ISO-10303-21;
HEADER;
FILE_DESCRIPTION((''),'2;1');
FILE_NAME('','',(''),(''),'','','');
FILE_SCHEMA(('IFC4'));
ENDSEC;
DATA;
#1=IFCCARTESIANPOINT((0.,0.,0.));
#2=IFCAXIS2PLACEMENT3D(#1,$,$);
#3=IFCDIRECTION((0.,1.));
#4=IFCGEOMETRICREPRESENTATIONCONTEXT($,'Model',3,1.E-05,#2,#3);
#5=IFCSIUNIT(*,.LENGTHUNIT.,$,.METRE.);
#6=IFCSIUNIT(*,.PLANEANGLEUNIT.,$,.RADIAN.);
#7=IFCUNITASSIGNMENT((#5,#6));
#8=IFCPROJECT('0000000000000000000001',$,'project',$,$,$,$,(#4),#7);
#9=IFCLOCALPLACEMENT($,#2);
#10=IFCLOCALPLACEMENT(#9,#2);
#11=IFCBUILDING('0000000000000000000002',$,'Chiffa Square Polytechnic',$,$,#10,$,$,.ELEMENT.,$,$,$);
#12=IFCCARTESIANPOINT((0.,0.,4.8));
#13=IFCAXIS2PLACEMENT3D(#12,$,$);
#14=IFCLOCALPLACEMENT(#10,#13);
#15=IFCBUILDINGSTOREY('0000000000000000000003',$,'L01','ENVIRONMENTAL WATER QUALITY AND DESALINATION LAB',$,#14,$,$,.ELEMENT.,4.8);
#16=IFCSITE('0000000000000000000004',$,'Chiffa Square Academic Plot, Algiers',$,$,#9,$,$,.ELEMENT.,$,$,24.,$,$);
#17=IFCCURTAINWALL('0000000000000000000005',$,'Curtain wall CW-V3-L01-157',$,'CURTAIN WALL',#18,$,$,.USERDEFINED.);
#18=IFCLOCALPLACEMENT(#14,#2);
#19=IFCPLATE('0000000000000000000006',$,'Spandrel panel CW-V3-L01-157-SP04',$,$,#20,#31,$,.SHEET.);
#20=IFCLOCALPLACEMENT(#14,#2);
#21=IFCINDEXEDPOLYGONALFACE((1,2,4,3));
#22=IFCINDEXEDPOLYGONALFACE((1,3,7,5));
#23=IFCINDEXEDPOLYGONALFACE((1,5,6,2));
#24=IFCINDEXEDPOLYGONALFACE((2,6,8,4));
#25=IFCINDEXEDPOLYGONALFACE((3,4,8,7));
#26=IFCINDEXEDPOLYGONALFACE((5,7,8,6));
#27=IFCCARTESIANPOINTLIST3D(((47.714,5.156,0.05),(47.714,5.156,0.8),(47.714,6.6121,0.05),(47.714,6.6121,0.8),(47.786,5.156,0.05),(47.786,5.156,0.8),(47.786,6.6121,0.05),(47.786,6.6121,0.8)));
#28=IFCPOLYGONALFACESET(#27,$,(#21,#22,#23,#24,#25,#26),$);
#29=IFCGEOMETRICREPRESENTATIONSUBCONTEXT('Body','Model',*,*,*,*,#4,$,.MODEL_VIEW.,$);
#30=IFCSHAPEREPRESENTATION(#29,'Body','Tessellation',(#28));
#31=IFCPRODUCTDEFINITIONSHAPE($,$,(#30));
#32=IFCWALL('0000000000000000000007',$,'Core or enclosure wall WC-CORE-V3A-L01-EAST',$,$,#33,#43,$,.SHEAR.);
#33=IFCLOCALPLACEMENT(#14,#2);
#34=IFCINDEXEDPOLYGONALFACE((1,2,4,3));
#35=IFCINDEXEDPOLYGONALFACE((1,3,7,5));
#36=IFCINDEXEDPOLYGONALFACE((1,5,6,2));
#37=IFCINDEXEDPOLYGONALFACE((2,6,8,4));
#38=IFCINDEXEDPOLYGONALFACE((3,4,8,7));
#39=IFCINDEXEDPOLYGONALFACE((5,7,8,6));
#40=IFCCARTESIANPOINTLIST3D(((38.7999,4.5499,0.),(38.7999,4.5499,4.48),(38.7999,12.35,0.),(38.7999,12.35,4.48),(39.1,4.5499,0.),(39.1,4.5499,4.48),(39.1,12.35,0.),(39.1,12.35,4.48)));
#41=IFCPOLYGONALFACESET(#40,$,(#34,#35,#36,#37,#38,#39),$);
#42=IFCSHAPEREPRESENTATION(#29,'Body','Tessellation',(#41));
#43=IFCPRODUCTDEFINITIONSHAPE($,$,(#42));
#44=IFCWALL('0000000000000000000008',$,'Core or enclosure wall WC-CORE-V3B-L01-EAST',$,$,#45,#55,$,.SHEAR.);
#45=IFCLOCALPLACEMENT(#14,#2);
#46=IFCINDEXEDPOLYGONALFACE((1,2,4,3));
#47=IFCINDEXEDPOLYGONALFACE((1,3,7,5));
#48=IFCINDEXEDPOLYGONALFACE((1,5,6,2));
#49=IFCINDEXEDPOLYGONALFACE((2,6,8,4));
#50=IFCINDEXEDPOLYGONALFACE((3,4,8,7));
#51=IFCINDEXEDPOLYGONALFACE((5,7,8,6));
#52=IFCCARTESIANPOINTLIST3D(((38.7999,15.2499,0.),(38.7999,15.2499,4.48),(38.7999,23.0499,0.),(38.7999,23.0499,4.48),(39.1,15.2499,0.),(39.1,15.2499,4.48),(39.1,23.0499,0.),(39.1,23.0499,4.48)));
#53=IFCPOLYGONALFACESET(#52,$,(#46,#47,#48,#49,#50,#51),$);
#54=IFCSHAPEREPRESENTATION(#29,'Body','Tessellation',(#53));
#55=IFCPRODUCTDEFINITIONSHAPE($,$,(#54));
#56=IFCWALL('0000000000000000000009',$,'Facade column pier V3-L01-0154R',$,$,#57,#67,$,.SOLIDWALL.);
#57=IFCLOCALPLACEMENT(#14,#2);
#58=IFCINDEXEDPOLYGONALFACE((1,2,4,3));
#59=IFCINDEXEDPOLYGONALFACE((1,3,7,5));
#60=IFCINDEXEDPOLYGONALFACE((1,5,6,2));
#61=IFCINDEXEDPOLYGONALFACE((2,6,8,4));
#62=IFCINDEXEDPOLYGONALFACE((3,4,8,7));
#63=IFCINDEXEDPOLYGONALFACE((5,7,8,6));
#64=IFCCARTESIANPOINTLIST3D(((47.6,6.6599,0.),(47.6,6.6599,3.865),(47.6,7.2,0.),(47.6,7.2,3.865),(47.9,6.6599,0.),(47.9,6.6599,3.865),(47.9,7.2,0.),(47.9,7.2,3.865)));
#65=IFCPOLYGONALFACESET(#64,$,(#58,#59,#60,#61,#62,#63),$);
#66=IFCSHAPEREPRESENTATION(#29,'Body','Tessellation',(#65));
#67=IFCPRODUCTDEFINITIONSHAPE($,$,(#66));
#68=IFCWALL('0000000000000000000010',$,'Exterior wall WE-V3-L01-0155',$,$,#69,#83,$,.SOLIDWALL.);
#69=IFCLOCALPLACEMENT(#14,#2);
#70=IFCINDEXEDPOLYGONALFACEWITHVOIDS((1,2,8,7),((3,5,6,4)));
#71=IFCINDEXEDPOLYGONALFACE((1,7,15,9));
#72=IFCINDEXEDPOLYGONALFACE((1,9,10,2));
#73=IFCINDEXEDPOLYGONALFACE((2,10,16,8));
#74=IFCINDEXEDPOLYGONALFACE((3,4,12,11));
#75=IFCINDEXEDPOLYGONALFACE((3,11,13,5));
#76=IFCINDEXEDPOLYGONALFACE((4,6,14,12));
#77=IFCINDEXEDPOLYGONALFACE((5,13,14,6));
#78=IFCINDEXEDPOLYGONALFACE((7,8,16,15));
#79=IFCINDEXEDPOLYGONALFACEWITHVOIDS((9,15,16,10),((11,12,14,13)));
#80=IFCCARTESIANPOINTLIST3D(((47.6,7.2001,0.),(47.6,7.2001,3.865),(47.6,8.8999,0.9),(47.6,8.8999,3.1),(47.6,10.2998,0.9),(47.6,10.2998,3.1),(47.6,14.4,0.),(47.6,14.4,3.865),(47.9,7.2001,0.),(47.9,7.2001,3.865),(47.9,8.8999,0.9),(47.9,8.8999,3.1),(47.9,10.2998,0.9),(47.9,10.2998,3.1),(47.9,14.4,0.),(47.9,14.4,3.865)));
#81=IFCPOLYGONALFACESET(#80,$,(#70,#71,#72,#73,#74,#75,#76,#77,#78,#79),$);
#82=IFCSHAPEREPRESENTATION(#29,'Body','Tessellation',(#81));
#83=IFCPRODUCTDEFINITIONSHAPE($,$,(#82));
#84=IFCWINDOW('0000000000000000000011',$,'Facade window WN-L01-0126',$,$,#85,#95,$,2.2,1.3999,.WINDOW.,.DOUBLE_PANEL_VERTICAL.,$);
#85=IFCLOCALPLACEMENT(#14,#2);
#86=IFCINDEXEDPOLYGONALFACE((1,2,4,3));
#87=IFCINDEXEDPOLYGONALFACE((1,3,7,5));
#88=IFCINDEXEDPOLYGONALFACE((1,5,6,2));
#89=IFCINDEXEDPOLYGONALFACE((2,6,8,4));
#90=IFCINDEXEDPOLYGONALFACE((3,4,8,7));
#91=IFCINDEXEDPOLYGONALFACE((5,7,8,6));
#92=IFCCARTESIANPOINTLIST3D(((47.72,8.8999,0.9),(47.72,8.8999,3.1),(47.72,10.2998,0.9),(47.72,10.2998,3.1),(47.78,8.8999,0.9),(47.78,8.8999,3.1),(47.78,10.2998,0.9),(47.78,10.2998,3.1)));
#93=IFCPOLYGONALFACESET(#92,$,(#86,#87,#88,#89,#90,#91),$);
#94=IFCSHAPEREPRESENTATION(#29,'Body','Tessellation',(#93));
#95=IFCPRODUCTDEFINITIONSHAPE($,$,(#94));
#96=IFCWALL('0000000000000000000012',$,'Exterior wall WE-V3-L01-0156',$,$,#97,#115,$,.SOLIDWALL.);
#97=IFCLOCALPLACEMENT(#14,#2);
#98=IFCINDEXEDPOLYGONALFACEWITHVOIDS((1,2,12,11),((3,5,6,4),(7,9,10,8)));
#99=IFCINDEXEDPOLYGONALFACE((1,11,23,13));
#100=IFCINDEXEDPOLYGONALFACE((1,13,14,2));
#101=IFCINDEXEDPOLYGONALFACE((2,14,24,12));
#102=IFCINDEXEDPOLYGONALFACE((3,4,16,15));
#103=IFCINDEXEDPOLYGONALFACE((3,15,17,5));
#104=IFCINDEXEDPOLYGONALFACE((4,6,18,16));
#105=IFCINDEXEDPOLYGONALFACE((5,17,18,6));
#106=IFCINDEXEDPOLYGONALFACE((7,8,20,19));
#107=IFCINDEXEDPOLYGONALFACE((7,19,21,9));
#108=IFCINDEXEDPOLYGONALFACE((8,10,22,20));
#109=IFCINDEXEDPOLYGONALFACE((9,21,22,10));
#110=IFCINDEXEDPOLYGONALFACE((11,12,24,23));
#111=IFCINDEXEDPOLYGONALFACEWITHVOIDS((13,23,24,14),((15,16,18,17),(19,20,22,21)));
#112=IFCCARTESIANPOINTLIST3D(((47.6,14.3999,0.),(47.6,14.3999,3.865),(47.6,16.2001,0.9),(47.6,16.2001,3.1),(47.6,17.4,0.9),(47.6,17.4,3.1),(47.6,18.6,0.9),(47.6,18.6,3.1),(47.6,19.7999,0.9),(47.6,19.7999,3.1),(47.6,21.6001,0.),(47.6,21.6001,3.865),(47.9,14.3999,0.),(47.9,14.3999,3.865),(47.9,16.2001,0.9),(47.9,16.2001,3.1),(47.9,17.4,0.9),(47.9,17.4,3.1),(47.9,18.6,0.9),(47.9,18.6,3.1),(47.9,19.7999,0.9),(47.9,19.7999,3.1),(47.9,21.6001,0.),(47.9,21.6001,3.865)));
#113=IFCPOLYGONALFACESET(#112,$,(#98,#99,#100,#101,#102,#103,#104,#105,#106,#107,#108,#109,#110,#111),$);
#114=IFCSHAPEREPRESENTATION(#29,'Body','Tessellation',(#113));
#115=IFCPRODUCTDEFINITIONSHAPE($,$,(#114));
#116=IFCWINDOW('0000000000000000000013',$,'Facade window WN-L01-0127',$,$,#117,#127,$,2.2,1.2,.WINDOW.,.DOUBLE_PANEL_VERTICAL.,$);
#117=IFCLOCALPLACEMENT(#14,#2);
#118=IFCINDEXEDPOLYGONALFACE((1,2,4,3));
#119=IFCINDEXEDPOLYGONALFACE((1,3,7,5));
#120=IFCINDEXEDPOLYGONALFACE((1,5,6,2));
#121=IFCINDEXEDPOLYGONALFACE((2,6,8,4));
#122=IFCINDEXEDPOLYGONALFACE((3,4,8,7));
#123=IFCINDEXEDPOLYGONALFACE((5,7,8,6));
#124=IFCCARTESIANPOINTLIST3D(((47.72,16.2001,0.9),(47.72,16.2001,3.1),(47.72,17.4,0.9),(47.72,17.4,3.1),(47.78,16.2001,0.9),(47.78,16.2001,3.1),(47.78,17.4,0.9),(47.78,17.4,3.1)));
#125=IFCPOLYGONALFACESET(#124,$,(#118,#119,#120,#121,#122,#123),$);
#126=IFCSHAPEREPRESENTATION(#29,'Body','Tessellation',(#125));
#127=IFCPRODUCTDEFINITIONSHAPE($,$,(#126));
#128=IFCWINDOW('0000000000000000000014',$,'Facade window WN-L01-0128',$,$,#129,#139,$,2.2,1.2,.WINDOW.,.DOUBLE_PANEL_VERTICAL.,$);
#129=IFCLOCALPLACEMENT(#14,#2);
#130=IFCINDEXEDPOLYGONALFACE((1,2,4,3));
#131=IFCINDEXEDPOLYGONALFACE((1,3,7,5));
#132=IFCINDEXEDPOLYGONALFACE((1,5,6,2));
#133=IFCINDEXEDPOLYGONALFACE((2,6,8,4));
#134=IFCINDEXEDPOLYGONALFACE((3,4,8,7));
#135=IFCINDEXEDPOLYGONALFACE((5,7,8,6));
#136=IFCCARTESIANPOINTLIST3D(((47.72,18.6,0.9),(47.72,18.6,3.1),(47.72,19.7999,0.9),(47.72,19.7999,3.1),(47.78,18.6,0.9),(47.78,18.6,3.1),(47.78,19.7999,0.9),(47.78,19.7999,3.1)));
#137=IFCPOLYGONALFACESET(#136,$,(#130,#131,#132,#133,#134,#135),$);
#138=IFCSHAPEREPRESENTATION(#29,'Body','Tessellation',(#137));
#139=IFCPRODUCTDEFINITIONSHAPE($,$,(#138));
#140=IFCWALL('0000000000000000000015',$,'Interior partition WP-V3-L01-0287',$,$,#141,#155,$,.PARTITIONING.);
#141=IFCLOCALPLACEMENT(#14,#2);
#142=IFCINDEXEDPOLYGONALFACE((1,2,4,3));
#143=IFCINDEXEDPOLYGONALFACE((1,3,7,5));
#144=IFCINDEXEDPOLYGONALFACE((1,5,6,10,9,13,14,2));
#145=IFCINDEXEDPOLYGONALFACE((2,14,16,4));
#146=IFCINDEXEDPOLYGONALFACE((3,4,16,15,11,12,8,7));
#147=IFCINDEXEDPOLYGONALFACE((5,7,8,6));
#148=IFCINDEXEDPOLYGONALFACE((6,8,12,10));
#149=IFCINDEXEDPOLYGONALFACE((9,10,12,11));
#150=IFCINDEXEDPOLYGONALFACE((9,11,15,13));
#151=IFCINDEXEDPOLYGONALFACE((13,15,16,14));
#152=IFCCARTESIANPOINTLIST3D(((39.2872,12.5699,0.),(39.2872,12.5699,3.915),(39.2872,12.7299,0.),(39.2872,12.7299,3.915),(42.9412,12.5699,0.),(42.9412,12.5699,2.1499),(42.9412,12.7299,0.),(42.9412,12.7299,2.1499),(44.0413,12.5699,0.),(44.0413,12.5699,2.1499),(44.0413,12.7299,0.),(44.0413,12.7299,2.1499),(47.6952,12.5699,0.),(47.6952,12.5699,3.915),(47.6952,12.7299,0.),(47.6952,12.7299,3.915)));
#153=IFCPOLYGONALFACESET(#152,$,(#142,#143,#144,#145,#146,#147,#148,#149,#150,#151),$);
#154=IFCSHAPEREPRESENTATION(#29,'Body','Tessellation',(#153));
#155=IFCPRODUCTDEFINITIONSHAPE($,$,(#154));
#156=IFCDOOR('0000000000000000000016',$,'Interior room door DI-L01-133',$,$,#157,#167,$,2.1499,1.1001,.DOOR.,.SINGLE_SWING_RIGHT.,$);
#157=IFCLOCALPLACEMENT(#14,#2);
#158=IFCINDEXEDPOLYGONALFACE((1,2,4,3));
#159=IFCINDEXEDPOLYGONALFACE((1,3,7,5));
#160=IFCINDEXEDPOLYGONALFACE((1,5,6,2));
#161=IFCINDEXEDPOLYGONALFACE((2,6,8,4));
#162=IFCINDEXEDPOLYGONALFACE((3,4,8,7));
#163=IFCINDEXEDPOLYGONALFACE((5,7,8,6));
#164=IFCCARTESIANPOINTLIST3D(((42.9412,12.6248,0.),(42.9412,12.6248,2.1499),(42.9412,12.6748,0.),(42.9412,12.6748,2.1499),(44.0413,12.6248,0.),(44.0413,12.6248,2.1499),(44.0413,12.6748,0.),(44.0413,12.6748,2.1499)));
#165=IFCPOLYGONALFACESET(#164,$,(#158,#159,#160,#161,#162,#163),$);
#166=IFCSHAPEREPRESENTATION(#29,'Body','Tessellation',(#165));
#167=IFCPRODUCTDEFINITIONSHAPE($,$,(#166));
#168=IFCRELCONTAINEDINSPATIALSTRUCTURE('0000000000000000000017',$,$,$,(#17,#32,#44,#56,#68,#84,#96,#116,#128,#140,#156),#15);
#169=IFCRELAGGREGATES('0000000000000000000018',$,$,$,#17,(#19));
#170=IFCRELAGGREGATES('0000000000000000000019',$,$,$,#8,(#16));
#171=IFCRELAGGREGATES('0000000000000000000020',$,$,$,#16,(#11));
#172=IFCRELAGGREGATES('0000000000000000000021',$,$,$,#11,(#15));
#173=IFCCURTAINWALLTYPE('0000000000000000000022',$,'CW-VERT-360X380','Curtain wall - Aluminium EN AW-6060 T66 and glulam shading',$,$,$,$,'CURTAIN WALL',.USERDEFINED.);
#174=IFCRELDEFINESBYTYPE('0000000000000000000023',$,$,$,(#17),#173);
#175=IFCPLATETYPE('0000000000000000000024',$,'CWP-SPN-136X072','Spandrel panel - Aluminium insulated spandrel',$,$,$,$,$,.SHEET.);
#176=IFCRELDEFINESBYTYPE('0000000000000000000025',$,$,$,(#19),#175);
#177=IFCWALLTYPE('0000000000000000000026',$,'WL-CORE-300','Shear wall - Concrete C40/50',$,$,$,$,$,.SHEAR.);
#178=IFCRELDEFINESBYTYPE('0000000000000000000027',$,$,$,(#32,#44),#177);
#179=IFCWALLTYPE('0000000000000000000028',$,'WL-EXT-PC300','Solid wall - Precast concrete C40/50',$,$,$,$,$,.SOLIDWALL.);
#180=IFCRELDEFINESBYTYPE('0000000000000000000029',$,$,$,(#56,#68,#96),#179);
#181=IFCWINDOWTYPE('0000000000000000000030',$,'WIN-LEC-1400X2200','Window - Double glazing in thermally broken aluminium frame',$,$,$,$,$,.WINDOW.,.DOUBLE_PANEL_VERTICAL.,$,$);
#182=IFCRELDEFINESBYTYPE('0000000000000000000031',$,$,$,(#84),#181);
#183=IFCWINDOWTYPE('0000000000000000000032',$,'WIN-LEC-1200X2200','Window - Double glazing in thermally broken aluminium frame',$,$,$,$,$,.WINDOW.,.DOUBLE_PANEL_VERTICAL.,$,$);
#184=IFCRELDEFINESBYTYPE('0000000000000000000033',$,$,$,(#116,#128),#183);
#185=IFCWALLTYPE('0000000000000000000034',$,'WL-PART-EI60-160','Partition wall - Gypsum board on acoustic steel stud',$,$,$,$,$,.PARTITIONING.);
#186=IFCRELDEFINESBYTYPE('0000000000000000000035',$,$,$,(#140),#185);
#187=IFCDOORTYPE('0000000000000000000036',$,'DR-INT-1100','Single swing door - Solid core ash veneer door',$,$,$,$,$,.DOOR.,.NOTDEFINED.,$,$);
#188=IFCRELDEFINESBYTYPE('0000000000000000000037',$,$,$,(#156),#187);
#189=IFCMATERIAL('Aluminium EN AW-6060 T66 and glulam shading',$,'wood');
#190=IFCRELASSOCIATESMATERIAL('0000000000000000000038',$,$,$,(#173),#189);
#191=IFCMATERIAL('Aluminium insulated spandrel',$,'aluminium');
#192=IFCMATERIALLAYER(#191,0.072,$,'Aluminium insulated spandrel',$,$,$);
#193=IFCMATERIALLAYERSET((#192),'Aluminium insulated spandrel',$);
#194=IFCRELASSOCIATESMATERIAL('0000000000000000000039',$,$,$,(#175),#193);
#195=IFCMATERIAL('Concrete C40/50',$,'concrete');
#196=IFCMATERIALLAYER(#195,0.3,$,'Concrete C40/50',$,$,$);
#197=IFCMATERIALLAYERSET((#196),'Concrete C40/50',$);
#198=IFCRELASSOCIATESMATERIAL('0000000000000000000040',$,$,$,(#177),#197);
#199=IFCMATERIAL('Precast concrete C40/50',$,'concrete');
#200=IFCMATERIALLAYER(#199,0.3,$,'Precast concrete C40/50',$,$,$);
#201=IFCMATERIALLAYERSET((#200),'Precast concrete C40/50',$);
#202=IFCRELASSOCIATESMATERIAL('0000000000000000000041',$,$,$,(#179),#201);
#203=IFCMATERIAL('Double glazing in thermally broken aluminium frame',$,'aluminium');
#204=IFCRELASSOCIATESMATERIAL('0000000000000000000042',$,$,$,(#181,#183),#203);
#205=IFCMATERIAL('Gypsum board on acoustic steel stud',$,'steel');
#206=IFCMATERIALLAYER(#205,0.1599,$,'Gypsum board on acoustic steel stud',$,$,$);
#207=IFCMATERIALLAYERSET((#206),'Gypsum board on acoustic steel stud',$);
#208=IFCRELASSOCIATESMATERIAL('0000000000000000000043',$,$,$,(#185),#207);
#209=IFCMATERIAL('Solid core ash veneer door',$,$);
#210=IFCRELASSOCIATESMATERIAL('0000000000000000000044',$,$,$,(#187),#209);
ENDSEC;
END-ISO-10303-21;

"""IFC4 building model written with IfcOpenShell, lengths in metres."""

from ifc_helpers import new_model, si_unit, direction, frame, frame_2d, origin, origin_2d, place, context, subcontext, project, spatial, rectangle, extrude, material, layer, layer_set, type_object, element, fill, aggregate, save


model = new_model("IFC4")

# Units and contexts
model_context = context("Model", 3, precision=1e-05, world=origin(), true_north=direction((0.0, 1.0)))
body_context = subcontext(model_context, "Body", "Model", "MODEL_VIEW")
ifc_project = project(units=[si_unit("LENGTHUNIT", "METRE"), si_unit("PLANEANGLEUNIT", "RADIAN")], contexts=[model_context])

# Site, building, storey
site_placement = place(None, origin())
site = spatial("IfcSite", under=ifc_project, at=site_placement, Name="Chiffa Square Academic Plot, Algiers", CompositionType="ELEMENT", RefElevation=24.0)
building_placement = place(site_placement, origin())
building = spatial("IfcBuilding", under=site, at=building_placement, Name="Chiffa Square Polytechnic", CompositionType="ELEMENT")
storey_placement = place(building_placement, frame((0.0, 0.0, 4.8)))
storey = spatial("IfcBuildingStorey", under=building, at=storey_placement, Name="L01", Description="ENVIRONMENTAL WATER QUALITY AND DESALINATION LAB", CompositionType="ELEMENT", Elevation=4.8)

# Curtain wall, plate
ifc_material_1 = material(Name="Aluminium EN AW-6060 T66 and glulam shading", Category="wood")
curtain_wall_type = type_object("IfcCurtainWallType", Name="CW-VERT-360X380", Description="Curtain wall - Aluminium EN AW-6060 T66 and glulam shading", ElementType="CURTAIN WALL", PredefinedType="USERDEFINED", material=ifc_material_1)
curtain_wall_placement = place(storey_placement, origin())
curtain_wall = element("IfcCurtainWall", 1, at=curtain_wall_placement, inside=storey, type_object=curtain_wall_type, Name="Curtain wall CW-V3-L01-157", ObjectType="CURTAIN WALL", PredefinedType="USERDEFINED")
ifc_material_2 = material(Name="Aluminium insulated spandrel", Category="aluminium")
ifc_layer_1 = layer(ifc_material_2, 0.072, Name="Aluminium insulated spandrel")
ifc_layer_set_1 = layer_set([ifc_layer_1], Name="Aluminium insulated spandrel")
plate_type_1 = type_object("IfcPlateType", Name="CWP-SPN-136X072", Description="Spandrel panel - Aluminium insulated spandrel", PredefinedType="SHEET", material=ifc_layer_set_1)
plate_1_placement = place(storey_placement, frame((47.75, 5.884, 0.05), z_axis=(0.0, 0.0, 1.0), x_axis=(0.0, 1.0, 0.0)))
plate_1 = element("IfcPlate", 2, at=plate_1_placement, type_object=plate_type_1, Name="Spandrel panel CW-V3-L01-157-SP04", PredefinedType="SHEET", context=body_context, shape_type="SweptSolid", body=[
    extrude(rectangle(XDim=1.4561, YDim=0.072, at=origin_2d()), origin(), (0.0, 0.0, 1.0), 0.75),
])
aggregate(curtain_wall, [plate_1])

# Walls
ifc_material_3 = material(Name="Concrete C40/50", Category="concrete")
ifc_layer_2 = layer(ifc_material_3, 0.3, Name="Concrete C40/50")
ifc_layer_set_2 = layer_set([ifc_layer_2], Name="Concrete C40/50")
wall_type_1 = type_object("IfcWallType", Name="WL-CORE-300", Description="Shear wall - Concrete C40/50", PredefinedType="SHEAR", material=ifc_layer_set_2)
for number, where, z_axis, x_axis, name in (
    (3, (38.95, 4.55, 0.0), (0.0, 0.0, 1.0), (0.0, 1.0, 0.0), "Core or enclosure wall WC-CORE-V3A-L01-EAST"),
    (4, (38.95, 15.25, 0.0), (0.0, 0.0, 1.0), (0.0, 1.0, 0.0), "Core or enclosure wall WC-CORE-V3B-L01-EAST"),
):
    element("IfcWall", number, at=place(storey_placement, frame(where, z_axis=z_axis, x_axis=x_axis)), inside=storey, type_object=wall_type_1, Name=name, PredefinedType="SHEAR", context=body_context, shape_type="SweptSolid", body=[
        extrude(rectangle(XDim=7.8, YDim=0.3, at=frame_2d((3.8999, 0.0))), origin(), (0.0, 0.0, 1.0), 4.48),
    ])
ifc_material_4 = material(Name="Precast concrete C40/50", Category="concrete")
ifc_layer_3 = layer(ifc_material_4, 0.3, Name="Precast concrete C40/50")
ifc_layer_set_3 = layer_set([ifc_layer_3], Name="Precast concrete C40/50")
wall_type_2 = type_object("IfcWallType", Name="WL-EXT-PC300", Description="Solid wall - Precast concrete C40/50", PredefinedType="SOLIDWALL", material=ifc_layer_set_3)
wall_1_placement = place(storey_placement, frame((47.75, 6.6599, 0.0), z_axis=(0.0, 0.0, 1.0), x_axis=(0.0, 1.0, 0.0)))
element("IfcWall", 5, at=wall_1_placement, inside=storey, type_object=wall_type_2, Name="Facade column pier V3-L01-0154R", PredefinedType="SOLIDWALL", context=body_context, shape_type="SweptSolid", body=[
    extrude(rectangle(XDim=0.54, YDim=0.3, at=frame_2d((0.27, 0.0))), origin(), (0.0, 0.0, 1.0), 3.865),
])

# Wall, opening, window
wall_2_placement = place(storey_placement, frame((47.75, 7.2, 0.0), z_axis=(0.0, 0.0, 1.0), x_axis=(0.0, 1.0, 0.0)))
wall_2 = element("IfcWall", 6, at=wall_2_placement, inside=storey, type_object=wall_type_2, Name="Exterior wall WE-V3-L01-0155", PredefinedType="SOLIDWALL", context=body_context, shape_type="SweptSolid", body=[
    extrude(rectangle(XDim=7.2, YDim=0.3, at=frame_2d((3.6001, 0.0))), origin(), (0.0, 0.0, 1.0), 3.865),
])
opening_1_placement = place(wall_2_placement, frame((1.7, 0.0, 0.8999)))
opening_1 = element("IfcOpeningElement", 7, at=opening_1_placement, cuts=wall_2, PredefinedType="OPENING", context=body_context, shape_type="SweptSolid", body=[
    extrude(rectangle(XDim=1.3999, YDim=2.2, at=frame_2d((0.7, 1.1001))), frame((0.0, 0.1602, 0.0), z_axis=(0.0, -1.0, 0.0), x_axis=(1.0, 0.0, 0.0)), (0.0, 0.0, 1.0), 0.3201),
])
ifc_material_5 = material(Name="Double glazing in thermally broken aluminium frame", Category="aluminium")
window_type_1 = type_object("IfcWindowType", Name="WIN-LEC-1400X2200", Description="Window - Double glazing in thermally broken aluminium frame", PartitioningType="DOUBLE_PANEL_VERTICAL", PredefinedType="WINDOW", material=ifc_material_5)
window_1_placement = place(opening_1_placement, origin())
window_1 = element("IfcWindow", 8, at=window_1_placement, inside=storey, type_object=window_type_1, Name="Facade window WN-L01-0126", OverallHeight=2.2, OverallWidth=1.3999, PartitioningType="DOUBLE_PANEL_VERTICAL", PredefinedType="WINDOW", context=body_context, shape_type="SweptSolid", body=[
    extrude(rectangle(XDim=1.3999, YDim=2.2, at=frame_2d((0.7, 1.1001))), frame((0.0, 0.03, 0.0), z_axis=(0.0, -1.0, 0.0), x_axis=(1.0, 0.0, 0.0)), (0.0, 0.0, 1.0), 0.0601),
])
fill(opening_1, window_1)

# Wall, openings, windows
wall_3_placement = place(storey_placement, frame((47.75, 14.3999, 0.0), z_axis=(0.0, 0.0, 1.0), x_axis=(0.0, 1.0, 0.0)))
wall_3 = element("IfcWall", 9, at=wall_3_placement, inside=storey, type_object=wall_type_2, Name="Exterior wall WE-V3-L01-0156", PredefinedType="SOLIDWALL", context=body_context, shape_type="SweptSolid", body=[
    extrude(rectangle(XDim=7.2002, YDim=0.3, at=frame_2d((3.6001, 0.0))), origin(), (0.0, 0.0, 1.0), 3.865),
])
opening_2_placement = place(wall_3_placement, frame((1.8, 0.0, 0.8999)))
opening_2 = element("IfcOpeningElement", 10, at=opening_2_placement, cuts=wall_3, PredefinedType="OPENING", context=body_context, shape_type="SweptSolid", body=[
    extrude(rectangle(XDim=1.2, YDim=2.2, at=frame_2d((0.6001, 1.1001))), frame((0.0, 0.1602, 0.0), z_axis=(0.0, -1.0, 0.0), x_axis=(1.0, 0.0, 0.0)), (0.0, 0.0, 1.0), 0.3201),
])
opening_3_placement = place(wall_3_placement, frame((4.2, 0.0, 0.8999)))
opening_3 = element("IfcOpeningElement", 11, at=opening_3_placement, cuts=wall_3, PredefinedType="OPENING", context=body_context, shape_type="SweptSolid", body=[
    extrude(rectangle(XDim=1.2, YDim=2.2, at=frame_2d((0.6001, 1.1001))), frame((0.0, 0.1602, 0.0), z_axis=(0.0, -1.0, 0.0), x_axis=(1.0, 0.0, 0.0)), (0.0, 0.0, 1.0), 0.3201),
])
window_type_2 = type_object("IfcWindowType", Name="WIN-LEC-1200X2200", Description="Window - Double glazing in thermally broken aluminium frame", PartitioningType="DOUBLE_PANEL_VERTICAL", PredefinedType="WINDOW", material=ifc_material_5)
window_2_placement = place(opening_2_placement, origin())
window_2 = element("IfcWindow", 12, at=window_2_placement, inside=storey, type_object=window_type_2, Name="Facade window WN-L01-0127", OverallHeight=2.2, OverallWidth=1.2, PartitioningType="DOUBLE_PANEL_VERTICAL", PredefinedType="WINDOW", context=body_context, shape_type="SweptSolid", body=[
    extrude(rectangle(XDim=1.2, YDim=2.2, at=frame_2d((0.6001, 1.1001))), frame((0.0, 0.03, 0.0), z_axis=(0.0, -1.0, 0.0), x_axis=(1.0, 0.0, 0.0)), (0.0, 0.0, 1.0), 0.0601),
])
fill(opening_2, window_2)
window_3_placement = place(opening_3_placement, origin())
window_3 = element("IfcWindow", 13, at=window_3_placement, inside=storey, type_object=window_type_2, Name="Facade window WN-L01-0128", OverallHeight=2.2, OverallWidth=1.2, PartitioningType="DOUBLE_PANEL_VERTICAL", PredefinedType="WINDOW", context=body_context, shape_type="SweptSolid", body=[
    extrude(rectangle(XDim=1.2, YDim=2.2, at=frame_2d((0.6001, 1.1001))), frame((0.0, 0.03, 0.0), z_axis=(0.0, -1.0, 0.0), x_axis=(1.0, 0.0, 0.0)), (0.0, 0.0, 1.0), 0.0601),
])
fill(opening_3, window_3)

# Wall, opening, door
ifc_material_6 = material(Name="Gypsum board on acoustic steel stud", Category="steel")
ifc_layer_4 = layer(ifc_material_6, 0.1599, Name="Gypsum board on acoustic steel stud")
ifc_layer_set_4 = layer_set([ifc_layer_4], Name="Gypsum board on acoustic steel stud")
wall_type_3 = type_object("IfcWallType", Name="WL-PART-EI60-160", Description="Partition wall - Gypsum board on acoustic steel stud", PredefinedType="PARTITIONING", material=ifc_layer_set_4)
wall_4_placement = place(storey_placement, frame((39.2871, 12.6499, 0.0), z_axis=(0.0, 0.0, 1.0), x_axis=(1.0, 0.0, 0.0)))
wall_4 = element("IfcWall", 14, at=wall_4_placement, inside=storey, type_object=wall_type_3, Name="Interior partition WP-V3-L01-0287", PredefinedType="PARTITIONING", context=body_context, shape_type="SweptSolid", body=[
    extrude(rectangle(XDim=8.408, YDim=0.1599, at=frame_2d((4.2041, 0.0))), origin(), (0.0, 0.0, 1.0), 3.915),
])
opening_4_placement = place(wall_4_placement, frame((3.6541, 0.0, 0.0)))
opening_4 = element("IfcOpeningElement", 15, at=opening_4_placement, cuts=wall_4, PredefinedType="OPENING", context=body_context, shape_type="SweptSolid", body=[
    extrude(rectangle(XDim=1.1001, YDim=2.1499, at=frame_2d((0.55, 1.075))), frame((0.0, 0.0898, 0.0), z_axis=(0.0, -1.0, 0.0), x_axis=(1.0, 0.0, 0.0)), (0.0, 0.0, 1.0), 0.1799),
])
ifc_material_7 = material(Name="Solid core ash veneer door")
door_type_1 = type_object("IfcDoorType", Name="DR-INT-1100", Description="Single swing door - Solid core ash veneer door", OperationType="NOTDEFINED", PredefinedType="DOOR", material=ifc_material_7)
door_1_placement = place(opening_4_placement, origin())
door_1 = element("IfcDoor", 16, at=door_1_placement, inside=storey, type_object=door_type_1, Name="Interior room door DI-L01-133", OperationType="SINGLE_SWING_RIGHT", OverallHeight=2.1499, OverallWidth=1.1001, PredefinedType="DOOR", context=body_context, shape_type="SweptSolid", body=[
    extrude(rectangle(XDim=1.1001, YDim=2.1499, at=frame_2d((0.55, 1.075))), frame((0.0, 0.0249, 0.0), z_axis=(0.0, -1.0, 0.0), x_axis=(1.0, 0.0, 0.0)), (0.0, 0.0, 1.0), 0.05),
])
fill(opening_4, door_1)

save(model, "model.ifc")
